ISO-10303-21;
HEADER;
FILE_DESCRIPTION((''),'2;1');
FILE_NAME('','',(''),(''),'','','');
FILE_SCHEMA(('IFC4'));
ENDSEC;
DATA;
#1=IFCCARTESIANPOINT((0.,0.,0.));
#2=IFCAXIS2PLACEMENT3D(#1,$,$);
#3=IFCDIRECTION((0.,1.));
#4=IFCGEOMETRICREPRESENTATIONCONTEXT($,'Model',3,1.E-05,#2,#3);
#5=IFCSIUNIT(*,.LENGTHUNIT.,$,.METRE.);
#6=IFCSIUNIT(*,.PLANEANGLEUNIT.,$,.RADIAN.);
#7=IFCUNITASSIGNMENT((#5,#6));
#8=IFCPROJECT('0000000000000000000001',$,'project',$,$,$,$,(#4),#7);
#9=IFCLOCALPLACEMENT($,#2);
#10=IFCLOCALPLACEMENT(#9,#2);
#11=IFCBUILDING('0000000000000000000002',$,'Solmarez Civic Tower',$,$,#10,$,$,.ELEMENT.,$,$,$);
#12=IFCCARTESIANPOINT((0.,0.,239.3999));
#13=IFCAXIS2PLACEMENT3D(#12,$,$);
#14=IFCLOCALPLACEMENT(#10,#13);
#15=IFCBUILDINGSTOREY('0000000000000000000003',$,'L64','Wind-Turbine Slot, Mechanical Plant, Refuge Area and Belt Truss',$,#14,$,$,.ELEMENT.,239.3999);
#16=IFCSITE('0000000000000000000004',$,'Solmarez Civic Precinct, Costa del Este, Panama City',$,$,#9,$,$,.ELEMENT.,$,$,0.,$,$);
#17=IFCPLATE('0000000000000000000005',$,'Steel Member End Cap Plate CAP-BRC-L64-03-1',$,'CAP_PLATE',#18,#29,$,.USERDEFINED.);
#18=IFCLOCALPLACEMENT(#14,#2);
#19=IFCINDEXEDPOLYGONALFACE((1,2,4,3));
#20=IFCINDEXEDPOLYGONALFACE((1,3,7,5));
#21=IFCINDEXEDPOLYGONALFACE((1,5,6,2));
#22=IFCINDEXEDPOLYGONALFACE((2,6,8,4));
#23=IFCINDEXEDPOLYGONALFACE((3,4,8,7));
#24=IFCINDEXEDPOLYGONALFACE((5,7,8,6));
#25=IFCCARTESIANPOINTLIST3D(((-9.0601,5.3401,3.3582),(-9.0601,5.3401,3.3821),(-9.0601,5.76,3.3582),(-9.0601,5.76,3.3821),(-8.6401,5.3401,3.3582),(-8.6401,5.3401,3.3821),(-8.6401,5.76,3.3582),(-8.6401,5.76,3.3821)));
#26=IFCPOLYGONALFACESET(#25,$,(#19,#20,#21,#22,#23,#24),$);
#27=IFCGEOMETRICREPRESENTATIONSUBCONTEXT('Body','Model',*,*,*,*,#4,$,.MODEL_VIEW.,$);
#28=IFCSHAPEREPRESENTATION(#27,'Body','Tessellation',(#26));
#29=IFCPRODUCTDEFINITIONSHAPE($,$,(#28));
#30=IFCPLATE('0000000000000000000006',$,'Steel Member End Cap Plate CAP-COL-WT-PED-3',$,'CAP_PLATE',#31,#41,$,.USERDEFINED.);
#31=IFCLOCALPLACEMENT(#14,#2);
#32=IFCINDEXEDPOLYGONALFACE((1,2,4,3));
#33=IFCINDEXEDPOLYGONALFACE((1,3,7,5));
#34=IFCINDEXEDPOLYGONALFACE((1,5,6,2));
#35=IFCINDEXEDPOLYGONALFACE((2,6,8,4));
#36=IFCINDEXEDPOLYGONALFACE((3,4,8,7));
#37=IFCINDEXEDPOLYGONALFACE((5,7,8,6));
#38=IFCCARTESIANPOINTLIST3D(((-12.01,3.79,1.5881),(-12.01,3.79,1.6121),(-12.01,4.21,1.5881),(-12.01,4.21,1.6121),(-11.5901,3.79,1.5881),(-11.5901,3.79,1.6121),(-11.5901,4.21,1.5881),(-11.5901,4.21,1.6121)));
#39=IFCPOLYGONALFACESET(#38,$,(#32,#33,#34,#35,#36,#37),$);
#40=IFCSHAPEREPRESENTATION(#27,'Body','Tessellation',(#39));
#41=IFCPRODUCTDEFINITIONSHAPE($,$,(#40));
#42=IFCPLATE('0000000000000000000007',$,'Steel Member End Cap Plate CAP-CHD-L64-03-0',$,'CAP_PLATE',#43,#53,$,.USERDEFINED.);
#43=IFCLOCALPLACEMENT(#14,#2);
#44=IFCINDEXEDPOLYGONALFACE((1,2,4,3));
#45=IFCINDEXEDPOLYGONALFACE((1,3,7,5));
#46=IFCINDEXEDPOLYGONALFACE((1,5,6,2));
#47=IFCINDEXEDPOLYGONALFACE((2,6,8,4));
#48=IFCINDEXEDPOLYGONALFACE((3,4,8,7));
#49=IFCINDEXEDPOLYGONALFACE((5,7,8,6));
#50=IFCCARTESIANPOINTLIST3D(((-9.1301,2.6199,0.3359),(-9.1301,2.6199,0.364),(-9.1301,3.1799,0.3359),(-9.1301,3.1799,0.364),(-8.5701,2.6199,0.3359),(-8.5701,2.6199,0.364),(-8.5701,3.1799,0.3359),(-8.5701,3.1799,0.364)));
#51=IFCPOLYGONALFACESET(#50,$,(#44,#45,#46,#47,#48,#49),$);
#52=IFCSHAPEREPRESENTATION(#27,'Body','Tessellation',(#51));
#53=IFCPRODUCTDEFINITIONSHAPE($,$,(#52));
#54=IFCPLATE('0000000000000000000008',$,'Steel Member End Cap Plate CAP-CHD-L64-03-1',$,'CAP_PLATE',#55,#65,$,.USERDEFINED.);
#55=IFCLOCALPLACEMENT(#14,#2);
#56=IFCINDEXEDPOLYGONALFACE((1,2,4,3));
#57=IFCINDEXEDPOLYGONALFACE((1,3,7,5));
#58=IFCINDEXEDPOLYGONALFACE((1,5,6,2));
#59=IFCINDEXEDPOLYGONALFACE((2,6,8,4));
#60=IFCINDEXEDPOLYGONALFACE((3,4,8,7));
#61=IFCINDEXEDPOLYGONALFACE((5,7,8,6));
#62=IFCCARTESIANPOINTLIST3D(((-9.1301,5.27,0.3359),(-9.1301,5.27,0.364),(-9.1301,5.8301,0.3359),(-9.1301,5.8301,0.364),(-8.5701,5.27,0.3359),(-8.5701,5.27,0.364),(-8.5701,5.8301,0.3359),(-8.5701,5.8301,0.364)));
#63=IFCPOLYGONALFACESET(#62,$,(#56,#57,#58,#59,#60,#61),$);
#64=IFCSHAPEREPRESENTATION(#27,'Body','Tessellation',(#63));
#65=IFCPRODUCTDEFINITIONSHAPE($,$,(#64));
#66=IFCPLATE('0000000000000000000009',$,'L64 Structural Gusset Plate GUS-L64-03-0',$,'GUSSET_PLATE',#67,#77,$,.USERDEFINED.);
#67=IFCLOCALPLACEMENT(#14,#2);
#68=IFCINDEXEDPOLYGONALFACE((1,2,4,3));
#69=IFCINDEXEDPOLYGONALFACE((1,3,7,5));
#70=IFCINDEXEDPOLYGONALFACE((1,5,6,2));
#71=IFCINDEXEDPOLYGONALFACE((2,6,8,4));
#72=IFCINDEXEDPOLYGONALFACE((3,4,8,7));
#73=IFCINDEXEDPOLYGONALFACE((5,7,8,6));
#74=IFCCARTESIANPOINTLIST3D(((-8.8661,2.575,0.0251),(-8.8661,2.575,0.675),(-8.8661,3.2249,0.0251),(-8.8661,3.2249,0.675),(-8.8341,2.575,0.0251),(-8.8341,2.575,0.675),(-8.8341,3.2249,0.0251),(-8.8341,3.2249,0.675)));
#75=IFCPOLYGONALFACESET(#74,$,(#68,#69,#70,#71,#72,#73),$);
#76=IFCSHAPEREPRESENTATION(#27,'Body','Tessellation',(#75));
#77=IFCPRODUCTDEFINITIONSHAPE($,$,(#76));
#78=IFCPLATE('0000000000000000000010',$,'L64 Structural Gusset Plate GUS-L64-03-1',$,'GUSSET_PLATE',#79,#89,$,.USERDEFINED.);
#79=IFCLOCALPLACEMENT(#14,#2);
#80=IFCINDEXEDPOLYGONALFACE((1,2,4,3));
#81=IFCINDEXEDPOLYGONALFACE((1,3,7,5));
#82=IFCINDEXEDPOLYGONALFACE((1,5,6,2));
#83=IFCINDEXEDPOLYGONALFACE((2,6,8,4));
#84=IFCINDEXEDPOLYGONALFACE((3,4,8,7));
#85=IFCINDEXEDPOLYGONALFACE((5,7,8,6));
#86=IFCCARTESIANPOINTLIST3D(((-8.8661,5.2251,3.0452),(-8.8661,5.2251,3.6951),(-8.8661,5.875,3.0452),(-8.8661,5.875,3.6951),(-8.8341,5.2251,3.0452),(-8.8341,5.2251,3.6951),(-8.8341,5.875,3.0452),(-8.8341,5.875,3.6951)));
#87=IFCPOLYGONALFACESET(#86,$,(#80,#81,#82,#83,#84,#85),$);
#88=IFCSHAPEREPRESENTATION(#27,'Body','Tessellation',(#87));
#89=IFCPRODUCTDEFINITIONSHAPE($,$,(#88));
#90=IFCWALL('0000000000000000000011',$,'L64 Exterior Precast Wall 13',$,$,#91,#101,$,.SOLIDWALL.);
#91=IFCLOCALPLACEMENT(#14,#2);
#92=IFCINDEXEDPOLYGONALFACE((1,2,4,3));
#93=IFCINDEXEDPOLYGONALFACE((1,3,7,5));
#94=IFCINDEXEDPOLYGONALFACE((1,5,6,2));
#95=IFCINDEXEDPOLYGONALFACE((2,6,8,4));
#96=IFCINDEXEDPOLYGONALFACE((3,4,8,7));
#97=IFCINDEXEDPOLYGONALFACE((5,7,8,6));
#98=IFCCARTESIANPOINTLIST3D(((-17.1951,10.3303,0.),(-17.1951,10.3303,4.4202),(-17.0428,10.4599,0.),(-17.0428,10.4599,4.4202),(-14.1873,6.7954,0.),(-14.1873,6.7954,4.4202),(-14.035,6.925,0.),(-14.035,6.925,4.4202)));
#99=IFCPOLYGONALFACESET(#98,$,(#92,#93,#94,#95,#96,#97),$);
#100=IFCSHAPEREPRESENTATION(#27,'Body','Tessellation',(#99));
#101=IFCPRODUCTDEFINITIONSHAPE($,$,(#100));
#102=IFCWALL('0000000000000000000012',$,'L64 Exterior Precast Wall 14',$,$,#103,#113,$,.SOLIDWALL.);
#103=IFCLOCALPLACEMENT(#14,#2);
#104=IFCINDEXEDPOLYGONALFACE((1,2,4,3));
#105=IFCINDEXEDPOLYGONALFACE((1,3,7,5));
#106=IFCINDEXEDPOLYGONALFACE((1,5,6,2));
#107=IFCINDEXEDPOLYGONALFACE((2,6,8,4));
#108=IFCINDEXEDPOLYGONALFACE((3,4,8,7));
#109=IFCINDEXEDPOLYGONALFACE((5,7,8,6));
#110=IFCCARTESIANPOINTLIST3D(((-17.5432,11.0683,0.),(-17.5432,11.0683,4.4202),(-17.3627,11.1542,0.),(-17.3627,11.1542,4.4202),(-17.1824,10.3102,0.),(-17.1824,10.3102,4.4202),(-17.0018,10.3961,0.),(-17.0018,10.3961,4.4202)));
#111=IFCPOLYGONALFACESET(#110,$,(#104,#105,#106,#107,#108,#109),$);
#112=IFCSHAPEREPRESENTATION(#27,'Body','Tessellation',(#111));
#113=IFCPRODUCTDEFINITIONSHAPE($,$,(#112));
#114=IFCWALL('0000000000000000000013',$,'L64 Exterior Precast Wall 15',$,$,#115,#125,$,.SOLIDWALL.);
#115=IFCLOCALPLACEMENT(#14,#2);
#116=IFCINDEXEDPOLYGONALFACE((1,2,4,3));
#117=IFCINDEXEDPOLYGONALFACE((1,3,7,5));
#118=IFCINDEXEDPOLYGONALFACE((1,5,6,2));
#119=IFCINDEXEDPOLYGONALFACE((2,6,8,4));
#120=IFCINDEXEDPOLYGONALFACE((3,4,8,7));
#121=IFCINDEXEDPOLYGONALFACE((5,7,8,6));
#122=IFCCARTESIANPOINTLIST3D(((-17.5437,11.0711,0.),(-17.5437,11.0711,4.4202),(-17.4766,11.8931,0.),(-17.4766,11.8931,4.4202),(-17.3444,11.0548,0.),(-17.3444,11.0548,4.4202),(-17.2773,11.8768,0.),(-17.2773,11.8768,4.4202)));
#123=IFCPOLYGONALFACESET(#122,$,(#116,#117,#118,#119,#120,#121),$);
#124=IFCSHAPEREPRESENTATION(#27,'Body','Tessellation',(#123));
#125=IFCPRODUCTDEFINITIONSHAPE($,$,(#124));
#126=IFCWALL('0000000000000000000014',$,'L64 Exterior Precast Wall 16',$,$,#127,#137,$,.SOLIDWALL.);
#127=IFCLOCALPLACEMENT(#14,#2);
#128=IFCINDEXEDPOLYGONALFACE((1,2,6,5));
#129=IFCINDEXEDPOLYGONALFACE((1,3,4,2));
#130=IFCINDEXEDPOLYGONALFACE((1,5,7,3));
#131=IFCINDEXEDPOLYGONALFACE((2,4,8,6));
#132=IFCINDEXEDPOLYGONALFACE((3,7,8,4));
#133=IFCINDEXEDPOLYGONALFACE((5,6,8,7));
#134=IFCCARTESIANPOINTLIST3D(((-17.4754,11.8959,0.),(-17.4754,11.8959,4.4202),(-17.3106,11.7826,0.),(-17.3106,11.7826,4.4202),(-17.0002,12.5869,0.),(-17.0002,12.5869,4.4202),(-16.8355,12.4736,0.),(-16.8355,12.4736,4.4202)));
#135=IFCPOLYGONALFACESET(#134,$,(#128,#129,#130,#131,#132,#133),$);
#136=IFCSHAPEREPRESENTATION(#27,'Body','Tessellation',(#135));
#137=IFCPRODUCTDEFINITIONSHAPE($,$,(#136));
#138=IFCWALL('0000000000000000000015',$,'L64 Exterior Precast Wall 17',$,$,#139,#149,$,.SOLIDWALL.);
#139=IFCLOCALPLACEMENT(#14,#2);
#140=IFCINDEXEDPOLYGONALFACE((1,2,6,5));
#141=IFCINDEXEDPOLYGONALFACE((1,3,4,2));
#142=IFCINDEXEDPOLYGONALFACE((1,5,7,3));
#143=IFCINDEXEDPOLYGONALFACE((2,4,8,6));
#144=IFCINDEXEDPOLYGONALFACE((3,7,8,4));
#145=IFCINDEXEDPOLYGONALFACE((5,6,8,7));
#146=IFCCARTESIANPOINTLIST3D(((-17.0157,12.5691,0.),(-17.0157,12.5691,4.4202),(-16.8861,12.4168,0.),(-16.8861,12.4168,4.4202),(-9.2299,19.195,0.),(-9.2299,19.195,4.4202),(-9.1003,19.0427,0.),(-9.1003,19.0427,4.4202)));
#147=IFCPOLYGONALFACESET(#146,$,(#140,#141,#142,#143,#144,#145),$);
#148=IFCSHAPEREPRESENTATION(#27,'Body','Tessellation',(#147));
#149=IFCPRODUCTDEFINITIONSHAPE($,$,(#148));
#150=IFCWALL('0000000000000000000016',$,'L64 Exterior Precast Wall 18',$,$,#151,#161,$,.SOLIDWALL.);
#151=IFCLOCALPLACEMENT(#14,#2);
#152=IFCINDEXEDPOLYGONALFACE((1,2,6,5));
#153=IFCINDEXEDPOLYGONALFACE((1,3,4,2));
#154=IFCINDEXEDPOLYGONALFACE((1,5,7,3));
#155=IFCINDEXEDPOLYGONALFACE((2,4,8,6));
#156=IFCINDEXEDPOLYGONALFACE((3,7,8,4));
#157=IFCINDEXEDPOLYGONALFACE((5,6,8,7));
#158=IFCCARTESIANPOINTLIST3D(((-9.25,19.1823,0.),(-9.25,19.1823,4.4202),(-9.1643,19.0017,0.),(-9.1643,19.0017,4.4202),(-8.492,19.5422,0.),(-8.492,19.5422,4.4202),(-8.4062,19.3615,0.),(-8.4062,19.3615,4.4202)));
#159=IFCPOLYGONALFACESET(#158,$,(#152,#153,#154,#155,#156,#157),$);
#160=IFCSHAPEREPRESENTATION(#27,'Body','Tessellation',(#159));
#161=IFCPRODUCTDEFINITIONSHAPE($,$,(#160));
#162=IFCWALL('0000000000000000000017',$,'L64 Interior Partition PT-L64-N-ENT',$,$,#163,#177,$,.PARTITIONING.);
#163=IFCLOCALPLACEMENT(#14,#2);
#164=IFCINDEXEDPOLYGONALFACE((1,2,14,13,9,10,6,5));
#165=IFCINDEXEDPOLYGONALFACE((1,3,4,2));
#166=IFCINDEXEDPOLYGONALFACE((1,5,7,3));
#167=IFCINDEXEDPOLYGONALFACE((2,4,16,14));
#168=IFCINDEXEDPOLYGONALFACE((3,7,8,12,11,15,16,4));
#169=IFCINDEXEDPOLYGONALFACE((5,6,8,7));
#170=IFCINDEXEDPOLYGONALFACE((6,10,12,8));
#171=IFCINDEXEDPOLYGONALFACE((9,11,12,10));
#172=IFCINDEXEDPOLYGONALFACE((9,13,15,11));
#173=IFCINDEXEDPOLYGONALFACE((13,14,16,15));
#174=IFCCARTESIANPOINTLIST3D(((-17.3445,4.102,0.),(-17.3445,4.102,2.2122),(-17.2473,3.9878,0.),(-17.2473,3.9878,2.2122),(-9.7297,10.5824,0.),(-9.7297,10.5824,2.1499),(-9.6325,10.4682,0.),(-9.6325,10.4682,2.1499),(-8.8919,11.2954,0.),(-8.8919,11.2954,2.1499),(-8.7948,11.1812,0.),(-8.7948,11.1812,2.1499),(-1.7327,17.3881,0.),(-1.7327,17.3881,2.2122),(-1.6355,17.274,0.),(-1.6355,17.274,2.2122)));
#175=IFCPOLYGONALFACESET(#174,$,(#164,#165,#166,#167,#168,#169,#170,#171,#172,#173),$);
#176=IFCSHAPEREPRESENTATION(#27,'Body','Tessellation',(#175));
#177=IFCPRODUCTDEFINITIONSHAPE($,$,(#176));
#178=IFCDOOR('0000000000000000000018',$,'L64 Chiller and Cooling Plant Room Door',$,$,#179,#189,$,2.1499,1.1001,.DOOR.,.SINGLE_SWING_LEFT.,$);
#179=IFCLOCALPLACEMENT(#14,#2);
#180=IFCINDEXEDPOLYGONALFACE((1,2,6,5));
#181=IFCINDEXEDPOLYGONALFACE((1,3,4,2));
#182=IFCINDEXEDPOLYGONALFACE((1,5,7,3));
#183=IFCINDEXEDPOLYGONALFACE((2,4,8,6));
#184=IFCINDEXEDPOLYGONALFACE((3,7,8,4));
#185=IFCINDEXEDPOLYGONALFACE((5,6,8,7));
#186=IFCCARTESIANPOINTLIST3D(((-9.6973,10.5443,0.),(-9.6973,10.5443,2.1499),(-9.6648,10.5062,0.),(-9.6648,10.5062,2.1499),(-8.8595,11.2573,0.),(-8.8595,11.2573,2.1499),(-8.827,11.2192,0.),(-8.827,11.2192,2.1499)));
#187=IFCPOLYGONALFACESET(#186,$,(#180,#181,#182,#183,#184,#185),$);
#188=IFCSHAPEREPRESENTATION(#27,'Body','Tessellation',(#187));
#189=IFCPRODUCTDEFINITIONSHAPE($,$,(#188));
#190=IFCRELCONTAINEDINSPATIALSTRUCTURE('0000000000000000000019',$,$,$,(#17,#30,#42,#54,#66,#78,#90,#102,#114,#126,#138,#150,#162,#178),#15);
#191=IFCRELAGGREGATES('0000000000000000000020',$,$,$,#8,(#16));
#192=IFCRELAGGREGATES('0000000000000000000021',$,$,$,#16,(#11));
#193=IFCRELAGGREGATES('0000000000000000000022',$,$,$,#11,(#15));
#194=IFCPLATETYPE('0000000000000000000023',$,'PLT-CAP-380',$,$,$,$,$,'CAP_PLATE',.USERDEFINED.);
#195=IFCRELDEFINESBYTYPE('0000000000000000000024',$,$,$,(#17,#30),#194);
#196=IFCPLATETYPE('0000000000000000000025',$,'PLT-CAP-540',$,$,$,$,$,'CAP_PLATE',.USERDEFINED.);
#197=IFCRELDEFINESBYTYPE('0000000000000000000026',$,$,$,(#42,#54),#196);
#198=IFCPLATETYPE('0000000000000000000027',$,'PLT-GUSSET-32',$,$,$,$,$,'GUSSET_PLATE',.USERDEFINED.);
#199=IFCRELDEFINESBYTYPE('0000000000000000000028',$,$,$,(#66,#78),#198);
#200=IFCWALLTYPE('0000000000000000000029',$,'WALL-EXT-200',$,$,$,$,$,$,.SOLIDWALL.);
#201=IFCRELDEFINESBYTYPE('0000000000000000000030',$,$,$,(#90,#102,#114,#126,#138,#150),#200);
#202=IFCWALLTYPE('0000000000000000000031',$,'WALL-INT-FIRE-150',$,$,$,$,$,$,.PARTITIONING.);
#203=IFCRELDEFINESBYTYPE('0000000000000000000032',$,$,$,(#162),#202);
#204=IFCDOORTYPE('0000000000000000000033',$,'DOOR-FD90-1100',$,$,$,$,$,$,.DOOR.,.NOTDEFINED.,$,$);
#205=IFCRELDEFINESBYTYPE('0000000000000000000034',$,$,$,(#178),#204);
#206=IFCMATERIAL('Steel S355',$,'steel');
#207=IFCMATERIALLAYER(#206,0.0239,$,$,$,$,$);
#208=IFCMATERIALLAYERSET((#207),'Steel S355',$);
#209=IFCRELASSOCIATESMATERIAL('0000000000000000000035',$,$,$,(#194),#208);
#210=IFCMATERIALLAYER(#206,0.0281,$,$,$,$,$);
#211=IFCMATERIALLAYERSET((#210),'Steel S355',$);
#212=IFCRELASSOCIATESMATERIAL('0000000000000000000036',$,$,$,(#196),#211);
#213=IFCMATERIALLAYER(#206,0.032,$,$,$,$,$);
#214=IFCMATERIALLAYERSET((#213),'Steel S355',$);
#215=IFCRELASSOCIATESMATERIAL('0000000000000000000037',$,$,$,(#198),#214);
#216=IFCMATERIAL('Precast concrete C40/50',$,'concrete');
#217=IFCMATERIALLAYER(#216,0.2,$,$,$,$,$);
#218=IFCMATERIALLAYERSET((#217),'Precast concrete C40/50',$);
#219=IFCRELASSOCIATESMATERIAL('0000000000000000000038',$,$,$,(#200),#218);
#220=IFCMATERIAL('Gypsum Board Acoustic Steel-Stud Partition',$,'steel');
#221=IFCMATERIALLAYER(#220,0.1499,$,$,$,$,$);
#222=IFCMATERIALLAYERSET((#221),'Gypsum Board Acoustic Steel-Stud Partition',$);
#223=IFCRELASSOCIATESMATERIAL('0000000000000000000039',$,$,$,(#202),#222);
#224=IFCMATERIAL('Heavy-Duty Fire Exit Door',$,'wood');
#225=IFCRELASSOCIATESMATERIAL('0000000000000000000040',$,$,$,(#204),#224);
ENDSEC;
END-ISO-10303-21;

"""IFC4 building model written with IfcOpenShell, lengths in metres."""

from ifc_helpers import new_model, si_unit, direction, frame, frame_2d, origin, origin_2d, place, context, subcontext, project, spatial, rectangle, extrude, material, layer, layer_set, type_object, element, fill, save


model = new_model("IFC4")

# Units and contexts
model_context = context("Model", 3, precision=1e-05, world=origin(), true_north=direction((0.0, 1.0)))
body_context = subcontext(model_context, "Body", "Model", "MODEL_VIEW")
ifc_project = project(units=[si_unit("LENGTHUNIT", "METRE"), si_unit("PLANEANGLEUNIT", "RADIAN")], contexts=[model_context])

# Site, building, storey
site_placement = place(None, origin())
site = spatial("IfcSite", under=ifc_project, at=site_placement, Name="Solmarez Civic Precinct, Costa del Este, Panama City", CompositionType="ELEMENT", RefElevation=0.0)
building_placement = place(site_placement, origin())
building = spatial("IfcBuilding", under=site, at=building_placement, Name="Solmarez Civic Tower", CompositionType="ELEMENT")
storey_placement = place(building_placement, frame((0.0, 0.0, 239.3999)))
storey = spatial("IfcBuildingStorey", under=building, at=storey_placement, Name="L64", Description="Wind-Turbine Slot, Mechanical Plant, Refuge Area and Belt Truss", CompositionType="ELEMENT", Elevation=239.3999)

# Shared definitions
ifc_material_1 = material(Name="Steel S355", Category="steel")

# Plates
ifc_layer_1 = layer(ifc_material_1, 0.0239)
ifc_layer_set_1 = layer_set([ifc_layer_1], Name="Steel S355")
plate_type_1 = type_object("IfcPlateType", Name="PLT-CAP-380", ElementType="CAP_PLATE", PredefinedType="USERDEFINED", material=ifc_layer_set_1)
for number, where, z_axis, x_axis, name in (
    (1, (-8.8501, 5.55, 3.3582), (0.0, 0.0, 1.0), (1.0, 0.0, 0.0), "Steel Member End Cap Plate CAP-BRC-L64-03-1"),
    (2, (-11.8, 4.0, 1.5881), (0.0, 0.0, 1.0), (1.0, 0.0, 0.0), "Steel Member End Cap Plate CAP-COL-WT-PED-3"),
):
    element("IfcPlate", number, at=place(storey_placement, frame(where, z_axis=z_axis, x_axis=x_axis)), inside=storey, type_object=plate_type_1, Name=name, ObjectType="CAP_PLATE", PredefinedType="USERDEFINED", context=body_context, shape_type="SweptSolid", body=[
        extrude(rectangle(XDim=0.4199, YDim=0.4199, at=origin_2d()), origin(), (0.0, 0.0, 1.0), 0.0239),
    ])
ifc_layer_2 = layer(ifc_material_1, 0.0281)
ifc_layer_set_2 = layer_set([ifc_layer_2], Name="Steel S355")
plate_type_2 = type_object("IfcPlateType", Name="PLT-CAP-540", ElementType="CAP_PLATE", PredefinedType="USERDEFINED", material=ifc_layer_set_2)
for number, where, z_axis, x_axis, name in (
    (3, (-8.8501, 2.8999, 0.3359), (0.0, 0.0, 1.0), (1.0, 0.0, 0.0), "Steel Member End Cap Plate CAP-CHD-L64-03-0"),
    (4, (-8.8501, 5.55, 0.3359), (0.0, 0.0, 1.0), (1.0, 0.0, 0.0), "Steel Member End Cap Plate CAP-CHD-L64-03-1"),
):
    element("IfcPlate", number, at=place(storey_placement, frame(where, z_axis=z_axis, x_axis=x_axis)), inside=storey, type_object=plate_type_2, Name=name, ObjectType="CAP_PLATE", PredefinedType="USERDEFINED", context=body_context, shape_type="SweptSolid", body=[
        extrude(rectangle(XDim=0.5601, YDim=0.5601, at=origin_2d()), origin(), (0.0, 0.0, 1.0), 0.0281),
    ])
ifc_layer_3 = layer(ifc_material_1, 0.032)
ifc_layer_set_3 = layer_set([ifc_layer_3], Name="Steel S355")
plate_type_3 = type_object("IfcPlateType", Name="PLT-GUSSET-32", ElementType="GUSSET_PLATE", PredefinedType="USERDEFINED", material=ifc_layer_set_3)
for number, where, z_axis, x_axis, name in (
    (5, (-8.8501, 2.8999, 0.0251), (0.0, 0.0, 1.0), (0.0, 1.0, 0.0), "L64 Structural Gusset Plate GUS-L64-03-0"),
    (6, (-8.8501, 5.55, 3.0452), (0.0, 0.0, 1.0), (0.0, 1.0, 0.0), "L64 Structural Gusset Plate GUS-L64-03-1"),
):
    element("IfcPlate", number, at=place(storey_placement, frame(where, z_axis=z_axis, x_axis=x_axis)), inside=storey, type_object=plate_type_3, Name=name, ObjectType="GUSSET_PLATE", PredefinedType="USERDEFINED", context=body_context, shape_type="SweptSolid", body=[
        extrude(rectangle(XDim=0.6499, YDim=0.032, at=origin_2d()), origin(), (0.0, 0.0, 1.0), 0.6499),
    ])

# Walls
ifc_material_2 = material(Name="Precast concrete C40/50", Category="concrete")
ifc_layer_4 = layer(ifc_material_2, 0.2)
ifc_layer_set_4 = layer_set([ifc_layer_4], Name="Precast concrete C40/50")
wall_type_1 = type_object("IfcWallType", Name="WALL-EXT-200", PredefinedType="SOLIDWALL", material=ifc_layer_set_4)
wall_1_placement = place(storey_placement, frame((-14.1111, 6.8601, 0.0), z_axis=(0.0, 0.0, 1.0), x_axis=(-0.648041, 0.761606, 0.0)))
element("IfcWall", 7, at=wall_1_placement, inside=storey, type_object=wall_type_1, Name="L64 Exterior Precast Wall 13", PredefinedType="SOLIDWALL", context=body_context, shape_type="SweptSolid", body=[
    extrude(rectangle(XDim=4.6414, YDim=0.2, at=frame_2d((2.3208, 0.0))), origin(), (0.0, 0.0, 1.0), 4.4202),
])
wall_2_placement = place(storey_placement, frame((-17.092, 10.353, 0.0), z_axis=(0.0, 0.0, 1.0), x_axis=(-0.429798, 0.902925, 0.0)))
element("IfcWall", 8, at=wall_2_placement, inside=storey, type_object=wall_type_1, Name="L64 Exterior Precast Wall 14", PredefinedType="SOLIDWALL", context=body_context, shape_type="SweptSolid", body=[
    extrude(rectangle(XDim=0.8396, YDim=0.2, at=frame_2d((0.4199, 0.0))), origin(), (0.0, 0.0, 1.0), 4.4202),
])
wall_3_placement = place(storey_placement, frame((-17.4441, 11.063, 0.0), z_axis=(0.0, 0.0, 1.0), x_axis=(0.081404, 0.996681, 0.0)))
element("IfcWall", 9, at=wall_3_placement, inside=storey, type_object=wall_type_1, Name="L64 Exterior Precast Wall 15", PredefinedType="SOLIDWALL", context=body_context, shape_type="SweptSolid", body=[
    extrude(rectangle(XDim=0.8247, YDim=0.2, at=frame_2d((0.4124, 0.0))), origin(), (0.0, 0.0, 1.0), 4.4202),
])
wall_4_placement = place(storey_placement, frame((-17.3931, 11.8391, 0.0), z_axis=(0.0, 0.0, 1.0), x_axis=(0.566603, 0.823991, 0.0)))
element("IfcWall", 10, at=wall_4_placement, inside=storey, type_object=wall_type_1, Name="L64 Exterior Precast Wall 16", PredefinedType="SOLIDWALL", context=body_context, shape_type="SweptSolid", body=[
    extrude(rectangle(XDim=0.8386, YDim=0.2, at=frame_2d((0.4194, 0.0))), origin(), (0.0, 0.0, 1.0), 4.4202),
])
wall_5_placement = place(storey_placement, frame((-16.9509, 12.4929, 0.0), z_axis=(0.0, 0.0, 1.0), x_axis=(0.761554, 0.648101, 0.0)))
element("IfcWall", 11, at=wall_5_placement, inside=storey, type_object=wall_type_1, Name="L64 Exterior Precast Wall 17", PredefinedType="SOLIDWALL", context=body_context, shape_type="SweptSolid", body=[
    extrude(rectangle(XDim=10.2236, YDim=0.2, at=frame_2d((5.1118, 0.0))), origin(), (0.0, 0.0, 1.0), 4.4202),
])
wall_6_placement = place(storey_placement, frame((-9.207, 19.092, 0.0), z_axis=(0.0, 0.0, 1.0), x_axis=(0.903376, 0.428849, 0.0)))
element("IfcWall", 12, at=wall_6_placement, inside=storey, type_object=wall_type_1, Name="L64 Exterior Precast Wall 18", PredefinedType="SOLIDWALL", context=body_context, shape_type="SweptSolid", body=[
    extrude(rectangle(XDim=0.8391, YDim=0.2, at=frame_2d((0.4194, 0.0))), origin(), (0.0, 0.0, 1.0), 4.4202),
])

# Wall, opening, door
ifc_material_3 = material(Name="Gypsum Board Acoustic Steel-Stud Partition", Category="steel")
ifc_layer_5 = layer(ifc_material_3, 0.1499)
ifc_layer_set_5 = layer_set([ifc_layer_5], Name="Gypsum Board Acoustic Steel-Stud Partition")
wall_type_2 = type_object("IfcWallType", Name="WALL-INT-FIRE-150", PredefinedType="PARTITIONING", material=ifc_layer_set_5)
wall_7_placement = place(storey_placement, frame((-17.2959, 4.0449, 0.0), z_axis=(0.0, 0.0, 1.0), x_axis=(0.761552, 0.648104, 0.0)))
wall_7 = element("IfcWall", 13, at=wall_7_placement, inside=storey, type_object=wall_type_2, Name="L64 Interior Partition PT-L64-N-ENT", PredefinedType="PARTITIONING", context=body_context, shape_type="SweptSolid", body=[
    extrude(rectangle(XDim=20.5, YDim=0.1499, at=frame_2d((10.25, 0.0))), origin(), (0.0, 0.0, 1.0), 2.2122),
])
opening_1_placement = place(wall_7_placement, frame((9.999, 0.0, 0.0)))
opening_1 = element("IfcOpeningElement", 14, at=opening_1_placement, cuts=wall_7, PredefinedType="OPENING", context=body_context, shape_type="SweptSolid", body=[
    extrude(rectangle(XDim=1.1001, YDim=2.1499, at=frame_2d((0.55, 1.075))), frame((0.0, 0.085, 0.0), z_axis=(0.0, -1.0, 0.0), x_axis=(1.0, 0.0, 0.0)), (0.0, 0.0, 1.0), 0.1699),
])
ifc_material_4 = material(Name="Heavy-Duty Fire Exit Door", Category="wood")
door_type_1 = type_object("IfcDoorType", Name="DOOR-FD90-1100", OperationType="NOTDEFINED", PredefinedType="DOOR", material=ifc_material_4)
door_1_placement = place(opening_1_placement, origin())
door_1 = element("IfcDoor", 15, at=door_1_placement, inside=storey, type_object=door_type_1, Name="L64 Chiller and Cooling Plant Room Door", OperationType="SINGLE_SWING_LEFT", OverallHeight=2.1499, OverallWidth=1.1001, PredefinedType="DOOR", context=body_context, shape_type="SweptSolid", body=[
    extrude(rectangle(XDim=1.1001, YDim=2.1499, at=frame_2d((0.55, 1.075))), frame((0.0, 0.0249, 0.0), z_axis=(0.0, -1.0, 0.0), x_axis=(1.0, 0.0, 0.0)), (0.0, 0.0, 1.0), 0.05),
])
fill(opening_1, door_1)

save(model, "model.ifc")
